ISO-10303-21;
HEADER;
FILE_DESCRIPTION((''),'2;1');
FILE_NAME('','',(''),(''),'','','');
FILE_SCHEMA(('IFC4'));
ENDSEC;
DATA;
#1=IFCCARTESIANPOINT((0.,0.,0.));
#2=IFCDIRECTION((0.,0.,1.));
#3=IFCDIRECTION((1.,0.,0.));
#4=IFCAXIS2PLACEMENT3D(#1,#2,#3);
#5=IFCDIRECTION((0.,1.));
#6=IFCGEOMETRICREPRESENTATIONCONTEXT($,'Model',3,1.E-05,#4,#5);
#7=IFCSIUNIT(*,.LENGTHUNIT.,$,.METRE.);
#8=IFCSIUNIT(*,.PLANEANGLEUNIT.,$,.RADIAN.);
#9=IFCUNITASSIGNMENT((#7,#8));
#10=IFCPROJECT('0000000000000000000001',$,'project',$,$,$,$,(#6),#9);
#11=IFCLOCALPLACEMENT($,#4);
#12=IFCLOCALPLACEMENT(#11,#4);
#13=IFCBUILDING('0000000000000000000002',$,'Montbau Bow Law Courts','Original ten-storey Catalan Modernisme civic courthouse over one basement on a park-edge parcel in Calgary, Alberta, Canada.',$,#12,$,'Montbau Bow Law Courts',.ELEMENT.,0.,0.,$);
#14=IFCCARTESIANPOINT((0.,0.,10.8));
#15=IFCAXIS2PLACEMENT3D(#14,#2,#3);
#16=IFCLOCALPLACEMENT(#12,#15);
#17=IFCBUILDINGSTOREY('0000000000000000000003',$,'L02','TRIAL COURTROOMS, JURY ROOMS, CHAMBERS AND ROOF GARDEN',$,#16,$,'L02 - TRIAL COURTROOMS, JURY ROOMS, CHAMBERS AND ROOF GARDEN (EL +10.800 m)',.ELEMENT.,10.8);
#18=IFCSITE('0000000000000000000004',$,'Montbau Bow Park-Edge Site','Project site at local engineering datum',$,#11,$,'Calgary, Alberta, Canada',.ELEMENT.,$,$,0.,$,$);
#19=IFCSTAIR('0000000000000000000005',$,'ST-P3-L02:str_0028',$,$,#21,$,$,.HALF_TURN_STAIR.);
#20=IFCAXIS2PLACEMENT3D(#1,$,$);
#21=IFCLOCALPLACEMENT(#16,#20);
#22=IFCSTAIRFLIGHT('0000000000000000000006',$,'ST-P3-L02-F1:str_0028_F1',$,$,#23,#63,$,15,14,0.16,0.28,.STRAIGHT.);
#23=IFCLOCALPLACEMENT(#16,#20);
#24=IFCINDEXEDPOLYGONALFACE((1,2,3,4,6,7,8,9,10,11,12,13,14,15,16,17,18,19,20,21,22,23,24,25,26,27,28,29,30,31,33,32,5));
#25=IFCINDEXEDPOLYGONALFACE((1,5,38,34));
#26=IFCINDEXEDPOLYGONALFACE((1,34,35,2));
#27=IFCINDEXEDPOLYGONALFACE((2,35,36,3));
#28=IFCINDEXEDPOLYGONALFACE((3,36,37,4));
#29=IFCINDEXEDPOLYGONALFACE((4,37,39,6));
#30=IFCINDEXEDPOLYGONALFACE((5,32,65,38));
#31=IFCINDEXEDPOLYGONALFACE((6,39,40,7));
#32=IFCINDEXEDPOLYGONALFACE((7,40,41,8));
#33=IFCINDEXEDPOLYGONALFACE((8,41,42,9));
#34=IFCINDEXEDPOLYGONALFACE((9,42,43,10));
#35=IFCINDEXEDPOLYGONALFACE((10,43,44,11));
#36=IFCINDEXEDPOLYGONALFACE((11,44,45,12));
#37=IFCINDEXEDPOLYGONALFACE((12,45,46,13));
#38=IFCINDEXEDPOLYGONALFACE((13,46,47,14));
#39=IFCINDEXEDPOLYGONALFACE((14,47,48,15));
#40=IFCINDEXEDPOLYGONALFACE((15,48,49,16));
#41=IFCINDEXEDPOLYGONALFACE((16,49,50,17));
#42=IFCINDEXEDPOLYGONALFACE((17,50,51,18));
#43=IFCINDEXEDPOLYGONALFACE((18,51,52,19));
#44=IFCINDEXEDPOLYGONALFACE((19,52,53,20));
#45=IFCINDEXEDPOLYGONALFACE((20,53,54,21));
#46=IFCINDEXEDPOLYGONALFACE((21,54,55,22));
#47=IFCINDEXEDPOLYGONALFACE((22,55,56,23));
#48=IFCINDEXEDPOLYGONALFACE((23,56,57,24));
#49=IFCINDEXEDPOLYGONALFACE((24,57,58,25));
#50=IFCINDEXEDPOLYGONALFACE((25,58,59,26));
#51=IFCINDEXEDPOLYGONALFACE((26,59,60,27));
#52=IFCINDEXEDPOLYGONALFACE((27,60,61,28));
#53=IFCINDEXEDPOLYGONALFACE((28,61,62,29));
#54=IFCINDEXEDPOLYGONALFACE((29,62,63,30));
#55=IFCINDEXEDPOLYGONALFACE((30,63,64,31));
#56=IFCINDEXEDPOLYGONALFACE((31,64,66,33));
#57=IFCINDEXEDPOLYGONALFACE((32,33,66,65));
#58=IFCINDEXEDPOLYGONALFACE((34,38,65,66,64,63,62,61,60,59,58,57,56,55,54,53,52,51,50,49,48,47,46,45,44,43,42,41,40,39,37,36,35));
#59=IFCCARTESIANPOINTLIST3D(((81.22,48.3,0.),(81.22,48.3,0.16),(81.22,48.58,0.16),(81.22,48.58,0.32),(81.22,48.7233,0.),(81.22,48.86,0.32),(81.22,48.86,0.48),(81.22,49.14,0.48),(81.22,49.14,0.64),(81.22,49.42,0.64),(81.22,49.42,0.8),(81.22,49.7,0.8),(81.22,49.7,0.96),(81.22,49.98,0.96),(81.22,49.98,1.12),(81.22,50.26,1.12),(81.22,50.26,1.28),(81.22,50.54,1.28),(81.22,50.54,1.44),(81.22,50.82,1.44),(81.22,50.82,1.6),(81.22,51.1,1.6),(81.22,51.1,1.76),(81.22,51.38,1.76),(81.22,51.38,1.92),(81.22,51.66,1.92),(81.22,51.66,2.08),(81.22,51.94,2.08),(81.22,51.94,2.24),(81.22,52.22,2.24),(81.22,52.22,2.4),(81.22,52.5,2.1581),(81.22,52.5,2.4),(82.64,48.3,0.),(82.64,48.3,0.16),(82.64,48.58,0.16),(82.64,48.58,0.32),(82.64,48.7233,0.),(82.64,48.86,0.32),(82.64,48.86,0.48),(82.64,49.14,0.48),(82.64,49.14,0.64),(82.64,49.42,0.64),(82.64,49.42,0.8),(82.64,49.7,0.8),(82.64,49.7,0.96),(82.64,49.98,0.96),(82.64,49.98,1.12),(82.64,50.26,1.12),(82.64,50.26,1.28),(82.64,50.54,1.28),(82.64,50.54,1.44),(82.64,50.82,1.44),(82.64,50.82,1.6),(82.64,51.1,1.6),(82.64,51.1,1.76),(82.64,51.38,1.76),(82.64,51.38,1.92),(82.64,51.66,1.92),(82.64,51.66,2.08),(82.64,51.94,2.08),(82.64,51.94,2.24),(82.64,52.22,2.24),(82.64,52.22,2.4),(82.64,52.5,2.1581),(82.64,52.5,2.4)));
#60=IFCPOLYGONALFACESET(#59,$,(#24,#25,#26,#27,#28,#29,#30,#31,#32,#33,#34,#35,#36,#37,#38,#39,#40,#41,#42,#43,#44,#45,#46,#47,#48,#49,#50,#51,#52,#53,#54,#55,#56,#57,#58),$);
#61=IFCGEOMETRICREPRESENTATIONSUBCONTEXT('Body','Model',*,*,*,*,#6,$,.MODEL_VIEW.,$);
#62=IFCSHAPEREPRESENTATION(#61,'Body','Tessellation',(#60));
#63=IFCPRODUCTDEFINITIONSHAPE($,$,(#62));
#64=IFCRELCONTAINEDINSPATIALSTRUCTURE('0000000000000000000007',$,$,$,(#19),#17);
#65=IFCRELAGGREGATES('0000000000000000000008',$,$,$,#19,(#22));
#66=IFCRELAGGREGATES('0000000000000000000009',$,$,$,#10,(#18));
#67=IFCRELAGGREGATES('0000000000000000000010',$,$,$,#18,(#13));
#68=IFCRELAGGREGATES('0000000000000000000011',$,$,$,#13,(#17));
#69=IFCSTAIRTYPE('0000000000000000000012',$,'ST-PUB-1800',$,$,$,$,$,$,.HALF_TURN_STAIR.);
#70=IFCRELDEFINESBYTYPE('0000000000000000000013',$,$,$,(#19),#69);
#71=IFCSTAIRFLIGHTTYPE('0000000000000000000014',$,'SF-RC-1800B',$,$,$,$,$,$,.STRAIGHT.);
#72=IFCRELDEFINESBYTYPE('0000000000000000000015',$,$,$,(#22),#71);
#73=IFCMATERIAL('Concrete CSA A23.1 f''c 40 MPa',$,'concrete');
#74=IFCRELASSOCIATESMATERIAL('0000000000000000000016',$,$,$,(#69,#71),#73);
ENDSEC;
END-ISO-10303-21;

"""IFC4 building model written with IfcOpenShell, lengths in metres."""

from ifc_helpers import new_model, si_unit, direction, frame, origin_with_axes, place, context, subcontext, project, spatial, polyline, outline, extrude, material, type_object, element, aggregate, save


model = new_model("IFC4")

# Units and contexts
model_context = context("Model", 3, precision=1e-05, world=origin_with_axes(), true_north=direction((0.0, 1.0)))
body_context = subcontext(model_context, "Body", "Model", "MODEL_VIEW")
ifc_project = project(units=[si_unit("LENGTHUNIT", "METRE"), si_unit("PLANEANGLEUNIT", "RADIAN")], contexts=[model_context])

# Site, building, storey
site_placement = place(None, origin_with_axes())
site = spatial("IfcSite", under=ifc_project, at=site_placement, Name="Montbau Bow Park-Edge Site", Description="Project site at local engineering datum", LongName="Calgary, Alberta, Canada", CompositionType="ELEMENT", RefElevation=0.0)
building_placement = place(site_placement, origin_with_axes())
building = spatial("IfcBuilding", under=site, at=building_placement, Name="Montbau Bow Law Courts", Description="Original ten-storey Catalan Modernisme civic courthouse over one basement on a park-edge parcel in Calgary, Alberta, Canada.", LongName="Montbau Bow Law Courts", CompositionType="ELEMENT", ElevationOfRefHeight=0.0, ElevationOfTerrain=0.0)
storey_placement = place(building_placement, frame((0.0, 0.0, 10.8), z_axis=(0.0, 0.0, 1.0), x_axis=(1.0, 0.0, 0.0)))
storey = spatial("IfcBuildingStorey", under=building, at=storey_placement, Name="L02", Description="TRIAL COURTROOMS, JURY ROOMS, CHAMBERS AND ROOF GARDEN", LongName="L02 - TRIAL COURTROOMS, JURY ROOMS, CHAMBERS AND ROOF GARDEN (EL +10.800 m)", CompositionType="ELEMENT", Elevation=10.8)

# Stair, stair flight
ifc_material_1 = material(Name="Concrete CSA A23.1 f'c 40 MPa", Category="concrete")
stair_type = type_object("IfcStairType", Name="ST-PUB-1800", PredefinedType="HALF_TURN_STAIR", material=ifc_material_1)
stair_placement = place(None, frame((81.93, 48.3, 10.8), z_axis=(0.0, 0.0, 1.0), x_axis=(1.0, 0.0, 0.0)))
stair = element("IfcStair", 1, at=stair_placement, inside=storey, type_object=stair_type, Name="ST-P3-L02:str_0028", PredefinedType="HALF_TURN_STAIR")
stair_flight_type = type_object("IfcStairFlightType", Name="SF-RC-1800B", PredefinedType="STRAIGHT", material=ifc_material_1)
stair_flight_placement = place(None, frame((81.93, 48.3, 10.8), z_axis=(0.0, 0.0, 1.0), x_axis=(0.0, 1.0, 0.0)))
stair_flight = element("IfcStairFlight", 2, at=stair_flight_placement, type_object=stair_flight_type, Name="ST-P3-L02-F1:str_0028_F1", NumberOfRisers=15, NumberOfTreads=14, PredefinedType="STRAIGHT", RiserHeight=0.16, TreadLength=0.28, context=body_context, shape_type="SweptSolid", body=[
    extrude(outline(polyline([(0.0, 0.0), (0.0, 0.16), (0.28, 0.16), (0.28, 0.32), (0.56, 0.32), (0.56, 0.48), (0.84, 0.48), (0.84, 0.64), (1.12, 0.64), (1.12, 0.8), (1.4, 0.8), (1.4, 0.96), (1.68, 0.96), (1.68, 1.12), (1.96, 1.12), (1.96, 1.28), (2.24, 1.28), (2.24, 1.44), (2.52, 1.44), (2.52, 1.6), (2.8, 1.6), (2.8, 1.76), (3.08, 1.76), (3.08, 1.92), (3.36, 1.92), (3.36, 2.08), (3.64, 2.08), (3.64, 2.24), (3.92, 2.24), (3.92, 2.4), (4.2, 2.4), (4.2, 2.1581), (0.4233, 0.0), (0.0, 0.0)])), frame((0.0, 0.71, 0.0), z_axis=(0.0, -1.0, 0.0), x_axis=(1.0, 0.0, 0.0)), (0.0, 0.0, 1.0), 1.42),
])
aggregate(stair, [stair_flight])

save(model, "model.ifc")
